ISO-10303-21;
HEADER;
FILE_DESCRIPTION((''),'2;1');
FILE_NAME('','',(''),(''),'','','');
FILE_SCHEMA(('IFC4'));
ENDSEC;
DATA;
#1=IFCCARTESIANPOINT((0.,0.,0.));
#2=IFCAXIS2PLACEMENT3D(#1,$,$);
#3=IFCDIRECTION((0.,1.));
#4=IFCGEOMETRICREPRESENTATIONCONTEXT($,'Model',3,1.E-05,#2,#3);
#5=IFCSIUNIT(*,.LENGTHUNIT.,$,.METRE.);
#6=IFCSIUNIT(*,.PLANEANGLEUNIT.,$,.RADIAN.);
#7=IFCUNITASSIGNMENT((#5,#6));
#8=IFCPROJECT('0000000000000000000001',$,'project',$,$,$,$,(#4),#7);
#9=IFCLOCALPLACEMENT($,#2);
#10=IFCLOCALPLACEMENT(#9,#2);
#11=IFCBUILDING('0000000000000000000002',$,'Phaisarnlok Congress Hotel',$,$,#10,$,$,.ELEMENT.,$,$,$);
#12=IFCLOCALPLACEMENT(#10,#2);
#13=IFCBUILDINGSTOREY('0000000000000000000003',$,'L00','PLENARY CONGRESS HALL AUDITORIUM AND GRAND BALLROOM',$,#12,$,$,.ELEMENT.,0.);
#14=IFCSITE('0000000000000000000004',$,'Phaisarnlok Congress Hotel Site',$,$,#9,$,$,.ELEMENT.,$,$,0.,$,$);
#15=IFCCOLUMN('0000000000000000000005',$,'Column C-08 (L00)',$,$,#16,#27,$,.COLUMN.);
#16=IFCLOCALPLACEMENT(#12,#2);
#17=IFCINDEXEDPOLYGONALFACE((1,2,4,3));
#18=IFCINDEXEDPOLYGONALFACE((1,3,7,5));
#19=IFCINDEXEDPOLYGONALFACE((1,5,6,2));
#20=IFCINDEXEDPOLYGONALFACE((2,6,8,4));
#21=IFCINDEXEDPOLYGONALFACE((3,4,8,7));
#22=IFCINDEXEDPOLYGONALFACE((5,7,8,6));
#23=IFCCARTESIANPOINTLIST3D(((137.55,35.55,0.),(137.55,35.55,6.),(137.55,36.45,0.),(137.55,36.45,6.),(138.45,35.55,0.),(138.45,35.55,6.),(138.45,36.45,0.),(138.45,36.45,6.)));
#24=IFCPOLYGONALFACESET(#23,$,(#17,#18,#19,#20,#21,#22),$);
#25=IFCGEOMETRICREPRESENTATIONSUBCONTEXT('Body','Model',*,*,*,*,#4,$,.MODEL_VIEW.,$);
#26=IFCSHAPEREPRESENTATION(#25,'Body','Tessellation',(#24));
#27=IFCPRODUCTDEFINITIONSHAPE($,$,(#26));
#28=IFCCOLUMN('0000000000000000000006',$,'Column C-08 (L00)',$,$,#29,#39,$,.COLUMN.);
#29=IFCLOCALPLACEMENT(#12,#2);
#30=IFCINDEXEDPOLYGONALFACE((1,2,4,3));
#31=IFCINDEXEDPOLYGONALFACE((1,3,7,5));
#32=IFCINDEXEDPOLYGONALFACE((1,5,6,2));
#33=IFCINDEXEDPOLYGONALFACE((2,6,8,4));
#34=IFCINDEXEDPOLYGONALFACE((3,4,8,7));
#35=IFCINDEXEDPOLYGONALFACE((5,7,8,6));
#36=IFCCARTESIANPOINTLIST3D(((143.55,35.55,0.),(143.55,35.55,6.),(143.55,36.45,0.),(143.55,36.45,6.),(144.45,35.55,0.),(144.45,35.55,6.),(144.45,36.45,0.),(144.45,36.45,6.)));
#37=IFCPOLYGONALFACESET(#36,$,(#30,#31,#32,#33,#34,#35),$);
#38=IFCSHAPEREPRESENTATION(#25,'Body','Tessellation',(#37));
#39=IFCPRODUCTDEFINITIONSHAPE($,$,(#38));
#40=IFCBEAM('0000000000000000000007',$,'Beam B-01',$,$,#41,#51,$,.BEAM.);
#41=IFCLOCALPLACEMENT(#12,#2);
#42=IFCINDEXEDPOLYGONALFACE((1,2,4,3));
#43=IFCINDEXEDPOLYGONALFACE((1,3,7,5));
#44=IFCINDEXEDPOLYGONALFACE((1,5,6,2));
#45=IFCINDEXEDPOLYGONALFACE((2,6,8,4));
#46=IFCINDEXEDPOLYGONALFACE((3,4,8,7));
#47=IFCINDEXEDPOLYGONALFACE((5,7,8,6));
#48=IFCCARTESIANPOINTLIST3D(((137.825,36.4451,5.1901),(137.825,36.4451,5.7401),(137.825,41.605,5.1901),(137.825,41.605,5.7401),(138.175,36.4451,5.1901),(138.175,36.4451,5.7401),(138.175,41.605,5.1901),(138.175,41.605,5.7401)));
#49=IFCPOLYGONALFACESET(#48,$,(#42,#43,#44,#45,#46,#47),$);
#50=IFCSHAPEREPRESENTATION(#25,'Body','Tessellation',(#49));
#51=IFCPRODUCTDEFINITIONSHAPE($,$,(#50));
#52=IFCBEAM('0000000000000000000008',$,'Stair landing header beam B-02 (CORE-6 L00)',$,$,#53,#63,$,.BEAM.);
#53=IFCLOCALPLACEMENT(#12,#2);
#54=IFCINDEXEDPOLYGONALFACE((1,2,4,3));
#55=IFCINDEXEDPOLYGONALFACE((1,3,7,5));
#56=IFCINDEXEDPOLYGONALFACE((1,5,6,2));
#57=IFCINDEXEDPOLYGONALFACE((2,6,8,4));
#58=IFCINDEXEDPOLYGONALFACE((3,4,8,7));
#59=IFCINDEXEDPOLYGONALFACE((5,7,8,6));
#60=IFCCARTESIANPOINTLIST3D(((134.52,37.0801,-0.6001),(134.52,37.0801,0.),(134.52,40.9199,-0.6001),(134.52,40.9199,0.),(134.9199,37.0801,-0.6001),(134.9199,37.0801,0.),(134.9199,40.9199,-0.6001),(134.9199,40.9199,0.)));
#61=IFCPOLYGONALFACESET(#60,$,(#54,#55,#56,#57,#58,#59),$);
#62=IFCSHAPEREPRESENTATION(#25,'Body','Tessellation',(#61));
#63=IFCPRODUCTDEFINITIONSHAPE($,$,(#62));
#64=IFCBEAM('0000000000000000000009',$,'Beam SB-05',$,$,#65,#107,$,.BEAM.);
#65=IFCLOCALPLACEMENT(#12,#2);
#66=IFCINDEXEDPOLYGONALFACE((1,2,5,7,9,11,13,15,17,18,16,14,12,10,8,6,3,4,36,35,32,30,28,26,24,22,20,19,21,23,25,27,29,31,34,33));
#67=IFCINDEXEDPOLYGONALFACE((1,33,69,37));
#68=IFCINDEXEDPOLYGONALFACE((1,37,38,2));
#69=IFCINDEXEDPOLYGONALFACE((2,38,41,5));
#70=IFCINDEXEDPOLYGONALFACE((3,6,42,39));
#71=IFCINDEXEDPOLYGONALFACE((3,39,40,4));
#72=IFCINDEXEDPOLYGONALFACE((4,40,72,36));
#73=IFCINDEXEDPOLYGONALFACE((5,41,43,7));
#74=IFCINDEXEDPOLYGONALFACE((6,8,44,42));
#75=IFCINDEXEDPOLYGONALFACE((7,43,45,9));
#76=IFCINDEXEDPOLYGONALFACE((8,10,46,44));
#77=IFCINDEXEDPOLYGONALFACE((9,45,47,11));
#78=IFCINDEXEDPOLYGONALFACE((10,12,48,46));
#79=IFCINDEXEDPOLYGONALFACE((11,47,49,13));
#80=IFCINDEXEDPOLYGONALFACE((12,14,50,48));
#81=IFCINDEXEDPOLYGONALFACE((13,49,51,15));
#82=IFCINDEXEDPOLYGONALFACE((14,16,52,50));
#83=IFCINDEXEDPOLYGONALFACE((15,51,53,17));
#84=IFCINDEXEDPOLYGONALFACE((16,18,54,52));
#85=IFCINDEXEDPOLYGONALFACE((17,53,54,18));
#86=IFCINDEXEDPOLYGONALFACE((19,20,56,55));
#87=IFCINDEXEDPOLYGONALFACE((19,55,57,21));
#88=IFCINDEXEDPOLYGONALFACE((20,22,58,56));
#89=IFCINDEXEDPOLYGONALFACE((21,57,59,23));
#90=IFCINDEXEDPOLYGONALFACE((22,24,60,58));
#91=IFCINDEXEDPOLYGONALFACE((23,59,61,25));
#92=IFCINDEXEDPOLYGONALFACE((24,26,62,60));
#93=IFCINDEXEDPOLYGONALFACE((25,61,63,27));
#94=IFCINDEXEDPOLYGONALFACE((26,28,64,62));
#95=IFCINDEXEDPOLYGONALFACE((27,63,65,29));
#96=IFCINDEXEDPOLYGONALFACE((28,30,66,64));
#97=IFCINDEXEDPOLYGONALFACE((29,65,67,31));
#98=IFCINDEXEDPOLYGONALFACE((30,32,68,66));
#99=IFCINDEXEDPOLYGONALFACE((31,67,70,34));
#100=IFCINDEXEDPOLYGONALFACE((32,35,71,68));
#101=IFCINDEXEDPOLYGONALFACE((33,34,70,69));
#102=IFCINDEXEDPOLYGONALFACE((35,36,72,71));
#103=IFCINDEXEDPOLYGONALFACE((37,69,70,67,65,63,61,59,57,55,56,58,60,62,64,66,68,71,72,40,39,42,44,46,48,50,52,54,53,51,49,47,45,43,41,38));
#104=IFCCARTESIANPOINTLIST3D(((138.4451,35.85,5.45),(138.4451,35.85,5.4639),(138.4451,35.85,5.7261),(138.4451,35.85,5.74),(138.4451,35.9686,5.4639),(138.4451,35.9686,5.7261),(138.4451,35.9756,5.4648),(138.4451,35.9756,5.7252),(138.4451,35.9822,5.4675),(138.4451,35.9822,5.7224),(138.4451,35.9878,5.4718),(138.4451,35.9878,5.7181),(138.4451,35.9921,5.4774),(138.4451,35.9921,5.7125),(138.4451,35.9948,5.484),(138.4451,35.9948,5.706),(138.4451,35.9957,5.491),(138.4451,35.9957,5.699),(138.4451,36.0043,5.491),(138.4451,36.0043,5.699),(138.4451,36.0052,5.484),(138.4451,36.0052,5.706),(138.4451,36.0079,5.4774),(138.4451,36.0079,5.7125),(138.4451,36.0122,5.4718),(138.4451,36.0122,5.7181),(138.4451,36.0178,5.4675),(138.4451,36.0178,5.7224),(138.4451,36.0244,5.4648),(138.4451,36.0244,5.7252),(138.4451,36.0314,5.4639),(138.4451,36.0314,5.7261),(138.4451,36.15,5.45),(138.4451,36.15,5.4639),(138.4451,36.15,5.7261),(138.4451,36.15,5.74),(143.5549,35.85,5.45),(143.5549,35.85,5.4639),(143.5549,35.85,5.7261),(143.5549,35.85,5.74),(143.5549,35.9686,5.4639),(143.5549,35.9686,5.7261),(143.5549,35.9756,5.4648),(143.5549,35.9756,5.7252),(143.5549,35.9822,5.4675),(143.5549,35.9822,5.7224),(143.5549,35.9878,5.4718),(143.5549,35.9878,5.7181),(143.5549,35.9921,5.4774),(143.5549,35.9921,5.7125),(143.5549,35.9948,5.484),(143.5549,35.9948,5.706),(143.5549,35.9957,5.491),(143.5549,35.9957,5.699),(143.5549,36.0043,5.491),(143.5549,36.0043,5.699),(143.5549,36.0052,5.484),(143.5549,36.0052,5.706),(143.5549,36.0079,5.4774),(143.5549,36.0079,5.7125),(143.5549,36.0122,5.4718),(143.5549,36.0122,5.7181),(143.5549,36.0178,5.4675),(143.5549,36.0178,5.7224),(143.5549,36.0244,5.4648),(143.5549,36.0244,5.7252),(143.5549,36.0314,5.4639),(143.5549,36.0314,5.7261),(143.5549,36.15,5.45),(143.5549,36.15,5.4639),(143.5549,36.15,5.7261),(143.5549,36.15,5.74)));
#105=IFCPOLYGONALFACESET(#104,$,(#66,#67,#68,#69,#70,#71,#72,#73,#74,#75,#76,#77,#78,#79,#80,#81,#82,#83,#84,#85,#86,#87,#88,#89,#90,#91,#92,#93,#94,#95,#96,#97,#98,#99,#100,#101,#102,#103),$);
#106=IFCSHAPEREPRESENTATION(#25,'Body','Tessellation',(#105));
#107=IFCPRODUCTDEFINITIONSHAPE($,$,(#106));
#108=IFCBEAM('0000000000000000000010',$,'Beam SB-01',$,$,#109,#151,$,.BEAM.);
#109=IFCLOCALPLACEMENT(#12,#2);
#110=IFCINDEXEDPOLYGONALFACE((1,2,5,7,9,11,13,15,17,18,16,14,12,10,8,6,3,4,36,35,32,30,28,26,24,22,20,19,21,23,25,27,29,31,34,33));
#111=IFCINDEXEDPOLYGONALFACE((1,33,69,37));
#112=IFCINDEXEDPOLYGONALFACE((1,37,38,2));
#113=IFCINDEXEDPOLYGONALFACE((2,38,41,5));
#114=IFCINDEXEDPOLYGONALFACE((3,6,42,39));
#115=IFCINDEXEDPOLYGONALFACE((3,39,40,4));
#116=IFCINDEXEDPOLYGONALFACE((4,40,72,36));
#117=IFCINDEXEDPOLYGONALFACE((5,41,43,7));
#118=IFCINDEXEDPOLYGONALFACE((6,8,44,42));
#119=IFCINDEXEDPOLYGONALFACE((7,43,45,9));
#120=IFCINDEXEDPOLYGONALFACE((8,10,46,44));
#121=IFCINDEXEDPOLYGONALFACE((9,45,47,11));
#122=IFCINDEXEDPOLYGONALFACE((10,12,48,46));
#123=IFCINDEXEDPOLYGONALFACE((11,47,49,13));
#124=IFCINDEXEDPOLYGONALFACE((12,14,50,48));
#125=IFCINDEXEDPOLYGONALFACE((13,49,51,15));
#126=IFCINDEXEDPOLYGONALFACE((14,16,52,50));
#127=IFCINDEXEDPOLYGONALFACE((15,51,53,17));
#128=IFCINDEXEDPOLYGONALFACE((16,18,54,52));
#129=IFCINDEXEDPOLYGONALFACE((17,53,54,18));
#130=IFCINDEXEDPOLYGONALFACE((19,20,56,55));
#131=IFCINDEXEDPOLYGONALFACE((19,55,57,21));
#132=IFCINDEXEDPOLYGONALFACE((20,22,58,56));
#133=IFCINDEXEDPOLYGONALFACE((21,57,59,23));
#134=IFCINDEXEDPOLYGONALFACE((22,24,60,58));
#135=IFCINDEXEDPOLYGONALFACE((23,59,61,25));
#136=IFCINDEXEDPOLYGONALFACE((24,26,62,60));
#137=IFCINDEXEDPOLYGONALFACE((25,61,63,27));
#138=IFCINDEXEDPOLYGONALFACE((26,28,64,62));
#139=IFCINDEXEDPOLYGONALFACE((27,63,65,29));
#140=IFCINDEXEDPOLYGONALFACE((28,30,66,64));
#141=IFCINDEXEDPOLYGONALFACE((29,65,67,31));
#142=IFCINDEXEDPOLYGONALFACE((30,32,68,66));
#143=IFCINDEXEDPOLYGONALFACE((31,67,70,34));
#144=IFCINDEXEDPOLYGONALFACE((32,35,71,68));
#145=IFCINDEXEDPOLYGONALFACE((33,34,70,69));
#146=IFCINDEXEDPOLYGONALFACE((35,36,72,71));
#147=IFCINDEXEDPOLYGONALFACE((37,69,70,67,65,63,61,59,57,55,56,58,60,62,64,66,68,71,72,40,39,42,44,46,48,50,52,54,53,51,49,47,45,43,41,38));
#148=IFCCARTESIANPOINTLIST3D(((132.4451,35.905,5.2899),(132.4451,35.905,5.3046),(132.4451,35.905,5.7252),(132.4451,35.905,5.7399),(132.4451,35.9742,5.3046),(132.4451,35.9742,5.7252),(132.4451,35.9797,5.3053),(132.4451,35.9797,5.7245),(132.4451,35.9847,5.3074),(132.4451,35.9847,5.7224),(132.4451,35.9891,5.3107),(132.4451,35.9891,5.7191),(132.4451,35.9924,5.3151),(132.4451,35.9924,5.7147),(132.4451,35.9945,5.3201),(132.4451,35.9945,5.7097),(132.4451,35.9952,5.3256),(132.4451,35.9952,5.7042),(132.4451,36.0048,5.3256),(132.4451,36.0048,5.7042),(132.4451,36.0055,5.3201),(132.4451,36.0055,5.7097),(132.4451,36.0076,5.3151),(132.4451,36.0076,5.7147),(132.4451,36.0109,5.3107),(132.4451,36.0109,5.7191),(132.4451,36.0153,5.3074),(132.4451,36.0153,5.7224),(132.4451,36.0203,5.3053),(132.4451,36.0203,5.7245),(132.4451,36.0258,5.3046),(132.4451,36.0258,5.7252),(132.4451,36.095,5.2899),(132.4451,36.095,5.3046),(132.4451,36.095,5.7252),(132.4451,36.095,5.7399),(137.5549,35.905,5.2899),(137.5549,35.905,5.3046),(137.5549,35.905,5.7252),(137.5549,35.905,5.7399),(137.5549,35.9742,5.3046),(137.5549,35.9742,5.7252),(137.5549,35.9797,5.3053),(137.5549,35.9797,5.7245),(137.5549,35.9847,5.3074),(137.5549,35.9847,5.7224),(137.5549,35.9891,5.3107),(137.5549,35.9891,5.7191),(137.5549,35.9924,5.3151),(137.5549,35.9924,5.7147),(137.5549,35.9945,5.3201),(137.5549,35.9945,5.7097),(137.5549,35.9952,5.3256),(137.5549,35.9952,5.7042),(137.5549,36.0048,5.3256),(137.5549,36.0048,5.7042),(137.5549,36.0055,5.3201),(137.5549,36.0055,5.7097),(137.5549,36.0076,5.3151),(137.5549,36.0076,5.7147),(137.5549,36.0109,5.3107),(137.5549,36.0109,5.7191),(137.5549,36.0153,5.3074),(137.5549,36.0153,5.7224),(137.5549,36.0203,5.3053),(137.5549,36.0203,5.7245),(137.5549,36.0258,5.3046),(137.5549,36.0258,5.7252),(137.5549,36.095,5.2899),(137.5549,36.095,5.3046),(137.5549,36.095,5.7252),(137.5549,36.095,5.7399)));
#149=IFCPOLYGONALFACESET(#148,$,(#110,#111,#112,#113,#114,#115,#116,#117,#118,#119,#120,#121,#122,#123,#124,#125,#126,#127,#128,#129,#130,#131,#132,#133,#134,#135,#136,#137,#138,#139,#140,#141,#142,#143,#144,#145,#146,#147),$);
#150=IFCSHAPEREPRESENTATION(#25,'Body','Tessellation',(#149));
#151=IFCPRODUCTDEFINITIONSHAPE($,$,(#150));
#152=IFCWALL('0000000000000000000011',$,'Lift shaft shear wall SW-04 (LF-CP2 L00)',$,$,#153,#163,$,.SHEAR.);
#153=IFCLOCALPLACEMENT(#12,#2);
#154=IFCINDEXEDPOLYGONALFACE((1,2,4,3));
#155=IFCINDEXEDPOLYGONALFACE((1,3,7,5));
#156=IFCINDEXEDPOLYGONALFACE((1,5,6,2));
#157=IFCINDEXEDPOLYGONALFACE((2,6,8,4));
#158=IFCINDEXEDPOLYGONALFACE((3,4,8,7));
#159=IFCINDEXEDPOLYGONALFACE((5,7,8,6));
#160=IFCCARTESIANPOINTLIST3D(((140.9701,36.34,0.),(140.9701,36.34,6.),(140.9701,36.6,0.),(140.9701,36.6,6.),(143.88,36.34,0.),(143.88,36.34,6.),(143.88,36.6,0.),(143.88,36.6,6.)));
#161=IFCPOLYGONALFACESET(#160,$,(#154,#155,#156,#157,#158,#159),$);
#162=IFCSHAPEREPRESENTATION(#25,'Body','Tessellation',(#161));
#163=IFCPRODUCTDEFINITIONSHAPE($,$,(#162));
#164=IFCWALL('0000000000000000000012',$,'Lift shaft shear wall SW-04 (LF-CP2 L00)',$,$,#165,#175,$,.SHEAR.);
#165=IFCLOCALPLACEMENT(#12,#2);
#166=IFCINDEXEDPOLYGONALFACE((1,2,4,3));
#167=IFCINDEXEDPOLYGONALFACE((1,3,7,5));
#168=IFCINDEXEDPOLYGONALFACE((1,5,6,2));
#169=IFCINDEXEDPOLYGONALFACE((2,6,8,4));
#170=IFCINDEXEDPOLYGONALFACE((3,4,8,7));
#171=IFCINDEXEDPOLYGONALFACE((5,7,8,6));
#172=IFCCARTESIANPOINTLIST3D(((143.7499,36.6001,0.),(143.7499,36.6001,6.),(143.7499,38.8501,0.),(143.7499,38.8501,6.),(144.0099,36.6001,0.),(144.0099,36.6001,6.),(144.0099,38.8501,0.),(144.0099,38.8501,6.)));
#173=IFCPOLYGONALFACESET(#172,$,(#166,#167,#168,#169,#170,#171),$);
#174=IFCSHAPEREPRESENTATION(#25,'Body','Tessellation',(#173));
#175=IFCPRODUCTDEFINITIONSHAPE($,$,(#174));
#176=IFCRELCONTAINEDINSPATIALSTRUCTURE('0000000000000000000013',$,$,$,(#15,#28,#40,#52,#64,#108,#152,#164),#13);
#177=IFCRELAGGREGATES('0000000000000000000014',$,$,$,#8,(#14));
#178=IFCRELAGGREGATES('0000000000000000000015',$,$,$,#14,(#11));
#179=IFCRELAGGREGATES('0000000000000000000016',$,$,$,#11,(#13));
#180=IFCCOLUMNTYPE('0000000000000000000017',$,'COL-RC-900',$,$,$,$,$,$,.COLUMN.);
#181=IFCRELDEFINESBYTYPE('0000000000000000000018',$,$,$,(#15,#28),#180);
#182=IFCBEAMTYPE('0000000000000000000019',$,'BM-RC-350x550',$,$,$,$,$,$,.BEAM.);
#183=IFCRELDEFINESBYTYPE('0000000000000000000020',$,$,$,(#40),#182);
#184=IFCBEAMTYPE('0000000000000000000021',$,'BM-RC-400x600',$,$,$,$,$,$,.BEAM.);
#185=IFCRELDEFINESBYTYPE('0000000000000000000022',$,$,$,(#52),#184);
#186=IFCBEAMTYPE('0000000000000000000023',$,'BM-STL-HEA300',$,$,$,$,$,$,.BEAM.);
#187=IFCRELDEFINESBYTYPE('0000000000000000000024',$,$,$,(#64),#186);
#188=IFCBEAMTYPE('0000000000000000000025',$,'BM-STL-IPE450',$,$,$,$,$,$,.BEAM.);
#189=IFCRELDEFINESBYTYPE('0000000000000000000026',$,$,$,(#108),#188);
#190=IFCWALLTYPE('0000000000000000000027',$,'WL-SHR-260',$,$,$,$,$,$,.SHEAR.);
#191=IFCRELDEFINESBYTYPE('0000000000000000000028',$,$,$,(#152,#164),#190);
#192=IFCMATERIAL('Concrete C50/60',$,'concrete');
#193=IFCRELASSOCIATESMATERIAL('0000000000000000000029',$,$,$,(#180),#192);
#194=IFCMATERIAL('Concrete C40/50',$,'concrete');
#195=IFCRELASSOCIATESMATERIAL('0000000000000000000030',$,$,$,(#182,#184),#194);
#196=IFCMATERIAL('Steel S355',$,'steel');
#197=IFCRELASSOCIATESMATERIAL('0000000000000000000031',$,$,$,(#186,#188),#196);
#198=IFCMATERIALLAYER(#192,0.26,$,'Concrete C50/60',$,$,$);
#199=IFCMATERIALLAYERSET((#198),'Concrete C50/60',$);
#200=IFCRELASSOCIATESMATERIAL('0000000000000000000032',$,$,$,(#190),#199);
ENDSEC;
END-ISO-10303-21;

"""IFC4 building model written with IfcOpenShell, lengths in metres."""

from ifc_helpers import new_model, si_unit, direction, frame, frame_2d, origin, origin_2d, place, context, subcontext, project, spatial, rectangle, i_section, extrude, material, layer, layer_set, material_profile, profile_set, type_object, element, save


model = new_model("IFC4")

# Units and contexts
model_context = context("Model", 3, precision=1e-05, world=origin(), true_north=direction((0.0, 1.0)))
body_context = subcontext(model_context, "Body", "Model", "MODEL_VIEW")
ifc_project = project(units=[si_unit("LENGTHUNIT", "METRE"), si_unit("PLANEANGLEUNIT", "RADIAN")], contexts=[model_context])

# Site, building, storey
site_placement = place(None, origin())
site = spatial("IfcSite", under=ifc_project, at=site_placement, Name="Phaisarnlok Congress Hotel Site", CompositionType="ELEMENT", RefElevation=0.0)
building_placement = place(site_placement, origin())
building = spatial("IfcBuilding", under=site, at=building_placement, Name="Phaisarnlok Congress Hotel", CompositionType="ELEMENT")
storey_placement = place(building_placement, origin())
storey = spatial("IfcBuildingStorey", under=building, at=storey_placement, Name="L00", Description="PLENARY CONGRESS HALL AUDITORIUM AND GRAND BALLROOM", CompositionType="ELEMENT", Elevation=0.0)

# Columns
ifc_material_1 = material(Name="Concrete C50/60", Category="concrete")
ifc_material_profile_1 = material_profile(ifc_material_1, rectangle(XDim=0.8999, YDim=0.8999, at=origin_2d()), Name="RC 900x900")
ifc_profile_set_1 = profile_set([ifc_material_profile_1], Name="Concrete C50/60")
column_type = type_object("IfcColumnType", Name="COL-RC-900", PredefinedType="COLUMN", material=ifc_profile_set_1)
for number, where, z_axis, x_axis, name in (
    (1, (138.0, 36.0, 0.0), (0.0, 0.0, 1.0), (1.0, 0.0, 0.0), "Column C-08 (L00)"),
    (2, (144.0, 36.0, 0.0), (0.0, 0.0, 1.0), (1.0, 0.0, 0.0), "Column C-08 (L00)"),
):
    element("IfcColumn", number, at=place(storey_placement, frame(where, z_axis=z_axis, x_axis=x_axis)), inside=storey, type_object=column_type, Name=name, PredefinedType="COLUMN", context=body_context, shape_type="SweptSolid", body=[
        extrude(rectangle(XDim=0.8999, YDim=0.8999, at=origin_2d()), origin(), (0.0, 0.0, 1.0), 6.0),
    ])

# Beams
ifc_material_2 = material(Name="Concrete C40/50", Category="concrete")
ifc_material_profile_2 = material_profile(ifc_material_2, rectangle(XDim=0.3501, YDim=0.55, at=origin_2d()), Name="RC 350x550")
ifc_profile_set_2 = profile_set([ifc_material_profile_2], Name="Concrete C40/50")
beam_type_1 = type_object("IfcBeamType", Name="BM-RC-350x550", PredefinedType="BEAM", material=ifc_profile_set_2)
beam_1_placement = place(storey_placement, frame((138.0, 36.4451, 5.4651), z_axis=(0.0, 1.0, 0.0), x_axis=(-1.0, 0.0, 0.0)))
element("IfcBeam", 3, at=beam_1_placement, inside=storey, type_object=beam_type_1, Name="Beam B-01", PredefinedType="BEAM", context=body_context, shape_type="SweptSolid", body=[
    extrude(rectangle(XDim=0.3501, YDim=0.55, at=origin_2d()), origin(), (0.0, 0.0, 1.0), 5.1599),
])
ifc_material_profile_3 = material_profile(ifc_material_2, rectangle(XDim=0.3999, YDim=0.6001, at=origin_2d()), Name="RC 400x600")
ifc_profile_set_3 = profile_set([ifc_material_profile_3], Name="Concrete C40/50")
beam_type_2 = type_object("IfcBeamType", Name="BM-RC-400x600", PredefinedType="BEAM", material=ifc_profile_set_3)
beam_2_placement = place(storey_placement, frame((134.72, 37.0801, -0.3), z_axis=(0.0, 1.0, 0.0), x_axis=(-1.0, 0.0, 0.0)))
element("IfcBeam", 4, at=beam_2_placement, inside=storey, type_object=beam_type_2, Name="Stair landing header beam B-02 (CORE-6 L00)", PredefinedType="BEAM", context=body_context, shape_type="SweptSolid", body=[
    extrude(rectangle(XDim=0.3999, YDim=0.6001, at=origin_2d()), origin(), (0.0, 0.0, 1.0), 3.8398),
])
ifc_material_3 = material(Name="Steel S355", Category="steel")
ifc_material_profile_4 = material_profile(ifc_material_3, i_section(OverallWidth=0.3, OverallDepth=0.29, WebThickness=0.0085, FlangeThickness=0.0139, FilletRadius=0.0271, at=origin_2d()), Name="HEA 300")
ifc_profile_set_4 = profile_set([ifc_material_profile_4], Name="Steel S355")
beam_type_3 = type_object("IfcBeamType", Name="BM-STL-HEA300", PredefinedType="BEAM", material=ifc_profile_set_4)
beam_3_placement = place(storey_placement, frame((138.4451, 36.0, 5.595), z_axis=(1.0, 0.0, 0.0), x_axis=(0.0, 1.0, 0.0)))
element("IfcBeam", 5, at=beam_3_placement, inside=storey, type_object=beam_type_3, Name="Beam SB-05", PredefinedType="BEAM", context=body_context, shape_type="SweptSolid", body=[
    extrude(i_section(OverallWidth=0.3, OverallDepth=0.29, WebThickness=0.0085, FlangeThickness=0.0139, FilletRadius=0.0271, at=origin_2d()), origin(), (0.0, 0.0, 1.0), 5.1099),
])
ifc_material_profile_5 = material_profile(ifc_material_3, i_section(OverallWidth=0.1899, OverallDepth=0.45, WebThickness=0.0095, FlangeThickness=0.0146, FilletRadius=0.021, at=origin_2d()), Name="IPE 450")
ifc_profile_set_5 = profile_set([ifc_material_profile_5], Name="Steel S355")
beam_type_4 = type_object("IfcBeamType", Name="BM-STL-IPE450", PredefinedType="BEAM", material=ifc_profile_set_5)
beam_4_placement = place(storey_placement, frame((132.4451, 36.0, 5.5149), z_axis=(1.0, 0.0, 0.0), x_axis=(0.0, 1.0, 0.0)))
element("IfcBeam", 6, at=beam_4_placement, inside=storey, type_object=beam_type_4, Name="Beam SB-01", PredefinedType="BEAM", context=body_context, shape_type="SweptSolid", body=[
    extrude(i_section(OverallWidth=0.1899, OverallDepth=0.45, WebThickness=0.0095, FlangeThickness=0.0146, FilletRadius=0.021, at=origin_2d()), origin(), (0.0, 0.0, 1.0), 5.1099),
])

# Shared definitions
ifc_layer_1 = layer(ifc_material_1, 0.26, Name="Concrete C50/60")
ifc_layer_set_1 = layer_set([ifc_layer_1], Name="Concrete C50/60")
wall_type_1 = type_object("IfcWallType", Name="WL-SHR-260", PredefinedType="SHEAR", material=ifc_layer_set_1)

# Walls
wall_1_placement = place(storey_placement, frame((140.97, 36.47, 0.0), z_axis=(0.0, 0.0, 1.0), x_axis=(1.0, 0.0, 0.0)))
element("IfcWall", 7, at=wall_1_placement, inside=storey, type_object=wall_type_1, Name="Lift shaft shear wall SW-04 (LF-CP2 L00)", PredefinedType="SHEAR", context=body_context, shape_type="SweptSolid", body=[
    extrude(rectangle(XDim=2.9099, YDim=0.26, at=frame_2d((1.4551, 0.0))), origin(), (0.0, 0.0, 1.0), 6.0),
])
wall_2_placement = place(storey_placement, frame((143.8799, 36.6001, 0.0), z_axis=(0.0, 0.0, 1.0), x_axis=(0.0, 1.0, 0.0)))
element("IfcWall", 8, at=wall_2_placement, inside=storey, type_object=wall_type_1, Name="Lift shaft shear wall SW-04 (LF-CP2 L00)", PredefinedType="SHEAR", context=body_context, shape_type="SweptSolid", body=[
    extrude(rectangle(XDim=2.25, YDim=0.26, at=frame_2d((1.125, 0.0))), origin(), (0.0, 0.0, 1.0), 6.0),
])

save(model, "model.ifc")
